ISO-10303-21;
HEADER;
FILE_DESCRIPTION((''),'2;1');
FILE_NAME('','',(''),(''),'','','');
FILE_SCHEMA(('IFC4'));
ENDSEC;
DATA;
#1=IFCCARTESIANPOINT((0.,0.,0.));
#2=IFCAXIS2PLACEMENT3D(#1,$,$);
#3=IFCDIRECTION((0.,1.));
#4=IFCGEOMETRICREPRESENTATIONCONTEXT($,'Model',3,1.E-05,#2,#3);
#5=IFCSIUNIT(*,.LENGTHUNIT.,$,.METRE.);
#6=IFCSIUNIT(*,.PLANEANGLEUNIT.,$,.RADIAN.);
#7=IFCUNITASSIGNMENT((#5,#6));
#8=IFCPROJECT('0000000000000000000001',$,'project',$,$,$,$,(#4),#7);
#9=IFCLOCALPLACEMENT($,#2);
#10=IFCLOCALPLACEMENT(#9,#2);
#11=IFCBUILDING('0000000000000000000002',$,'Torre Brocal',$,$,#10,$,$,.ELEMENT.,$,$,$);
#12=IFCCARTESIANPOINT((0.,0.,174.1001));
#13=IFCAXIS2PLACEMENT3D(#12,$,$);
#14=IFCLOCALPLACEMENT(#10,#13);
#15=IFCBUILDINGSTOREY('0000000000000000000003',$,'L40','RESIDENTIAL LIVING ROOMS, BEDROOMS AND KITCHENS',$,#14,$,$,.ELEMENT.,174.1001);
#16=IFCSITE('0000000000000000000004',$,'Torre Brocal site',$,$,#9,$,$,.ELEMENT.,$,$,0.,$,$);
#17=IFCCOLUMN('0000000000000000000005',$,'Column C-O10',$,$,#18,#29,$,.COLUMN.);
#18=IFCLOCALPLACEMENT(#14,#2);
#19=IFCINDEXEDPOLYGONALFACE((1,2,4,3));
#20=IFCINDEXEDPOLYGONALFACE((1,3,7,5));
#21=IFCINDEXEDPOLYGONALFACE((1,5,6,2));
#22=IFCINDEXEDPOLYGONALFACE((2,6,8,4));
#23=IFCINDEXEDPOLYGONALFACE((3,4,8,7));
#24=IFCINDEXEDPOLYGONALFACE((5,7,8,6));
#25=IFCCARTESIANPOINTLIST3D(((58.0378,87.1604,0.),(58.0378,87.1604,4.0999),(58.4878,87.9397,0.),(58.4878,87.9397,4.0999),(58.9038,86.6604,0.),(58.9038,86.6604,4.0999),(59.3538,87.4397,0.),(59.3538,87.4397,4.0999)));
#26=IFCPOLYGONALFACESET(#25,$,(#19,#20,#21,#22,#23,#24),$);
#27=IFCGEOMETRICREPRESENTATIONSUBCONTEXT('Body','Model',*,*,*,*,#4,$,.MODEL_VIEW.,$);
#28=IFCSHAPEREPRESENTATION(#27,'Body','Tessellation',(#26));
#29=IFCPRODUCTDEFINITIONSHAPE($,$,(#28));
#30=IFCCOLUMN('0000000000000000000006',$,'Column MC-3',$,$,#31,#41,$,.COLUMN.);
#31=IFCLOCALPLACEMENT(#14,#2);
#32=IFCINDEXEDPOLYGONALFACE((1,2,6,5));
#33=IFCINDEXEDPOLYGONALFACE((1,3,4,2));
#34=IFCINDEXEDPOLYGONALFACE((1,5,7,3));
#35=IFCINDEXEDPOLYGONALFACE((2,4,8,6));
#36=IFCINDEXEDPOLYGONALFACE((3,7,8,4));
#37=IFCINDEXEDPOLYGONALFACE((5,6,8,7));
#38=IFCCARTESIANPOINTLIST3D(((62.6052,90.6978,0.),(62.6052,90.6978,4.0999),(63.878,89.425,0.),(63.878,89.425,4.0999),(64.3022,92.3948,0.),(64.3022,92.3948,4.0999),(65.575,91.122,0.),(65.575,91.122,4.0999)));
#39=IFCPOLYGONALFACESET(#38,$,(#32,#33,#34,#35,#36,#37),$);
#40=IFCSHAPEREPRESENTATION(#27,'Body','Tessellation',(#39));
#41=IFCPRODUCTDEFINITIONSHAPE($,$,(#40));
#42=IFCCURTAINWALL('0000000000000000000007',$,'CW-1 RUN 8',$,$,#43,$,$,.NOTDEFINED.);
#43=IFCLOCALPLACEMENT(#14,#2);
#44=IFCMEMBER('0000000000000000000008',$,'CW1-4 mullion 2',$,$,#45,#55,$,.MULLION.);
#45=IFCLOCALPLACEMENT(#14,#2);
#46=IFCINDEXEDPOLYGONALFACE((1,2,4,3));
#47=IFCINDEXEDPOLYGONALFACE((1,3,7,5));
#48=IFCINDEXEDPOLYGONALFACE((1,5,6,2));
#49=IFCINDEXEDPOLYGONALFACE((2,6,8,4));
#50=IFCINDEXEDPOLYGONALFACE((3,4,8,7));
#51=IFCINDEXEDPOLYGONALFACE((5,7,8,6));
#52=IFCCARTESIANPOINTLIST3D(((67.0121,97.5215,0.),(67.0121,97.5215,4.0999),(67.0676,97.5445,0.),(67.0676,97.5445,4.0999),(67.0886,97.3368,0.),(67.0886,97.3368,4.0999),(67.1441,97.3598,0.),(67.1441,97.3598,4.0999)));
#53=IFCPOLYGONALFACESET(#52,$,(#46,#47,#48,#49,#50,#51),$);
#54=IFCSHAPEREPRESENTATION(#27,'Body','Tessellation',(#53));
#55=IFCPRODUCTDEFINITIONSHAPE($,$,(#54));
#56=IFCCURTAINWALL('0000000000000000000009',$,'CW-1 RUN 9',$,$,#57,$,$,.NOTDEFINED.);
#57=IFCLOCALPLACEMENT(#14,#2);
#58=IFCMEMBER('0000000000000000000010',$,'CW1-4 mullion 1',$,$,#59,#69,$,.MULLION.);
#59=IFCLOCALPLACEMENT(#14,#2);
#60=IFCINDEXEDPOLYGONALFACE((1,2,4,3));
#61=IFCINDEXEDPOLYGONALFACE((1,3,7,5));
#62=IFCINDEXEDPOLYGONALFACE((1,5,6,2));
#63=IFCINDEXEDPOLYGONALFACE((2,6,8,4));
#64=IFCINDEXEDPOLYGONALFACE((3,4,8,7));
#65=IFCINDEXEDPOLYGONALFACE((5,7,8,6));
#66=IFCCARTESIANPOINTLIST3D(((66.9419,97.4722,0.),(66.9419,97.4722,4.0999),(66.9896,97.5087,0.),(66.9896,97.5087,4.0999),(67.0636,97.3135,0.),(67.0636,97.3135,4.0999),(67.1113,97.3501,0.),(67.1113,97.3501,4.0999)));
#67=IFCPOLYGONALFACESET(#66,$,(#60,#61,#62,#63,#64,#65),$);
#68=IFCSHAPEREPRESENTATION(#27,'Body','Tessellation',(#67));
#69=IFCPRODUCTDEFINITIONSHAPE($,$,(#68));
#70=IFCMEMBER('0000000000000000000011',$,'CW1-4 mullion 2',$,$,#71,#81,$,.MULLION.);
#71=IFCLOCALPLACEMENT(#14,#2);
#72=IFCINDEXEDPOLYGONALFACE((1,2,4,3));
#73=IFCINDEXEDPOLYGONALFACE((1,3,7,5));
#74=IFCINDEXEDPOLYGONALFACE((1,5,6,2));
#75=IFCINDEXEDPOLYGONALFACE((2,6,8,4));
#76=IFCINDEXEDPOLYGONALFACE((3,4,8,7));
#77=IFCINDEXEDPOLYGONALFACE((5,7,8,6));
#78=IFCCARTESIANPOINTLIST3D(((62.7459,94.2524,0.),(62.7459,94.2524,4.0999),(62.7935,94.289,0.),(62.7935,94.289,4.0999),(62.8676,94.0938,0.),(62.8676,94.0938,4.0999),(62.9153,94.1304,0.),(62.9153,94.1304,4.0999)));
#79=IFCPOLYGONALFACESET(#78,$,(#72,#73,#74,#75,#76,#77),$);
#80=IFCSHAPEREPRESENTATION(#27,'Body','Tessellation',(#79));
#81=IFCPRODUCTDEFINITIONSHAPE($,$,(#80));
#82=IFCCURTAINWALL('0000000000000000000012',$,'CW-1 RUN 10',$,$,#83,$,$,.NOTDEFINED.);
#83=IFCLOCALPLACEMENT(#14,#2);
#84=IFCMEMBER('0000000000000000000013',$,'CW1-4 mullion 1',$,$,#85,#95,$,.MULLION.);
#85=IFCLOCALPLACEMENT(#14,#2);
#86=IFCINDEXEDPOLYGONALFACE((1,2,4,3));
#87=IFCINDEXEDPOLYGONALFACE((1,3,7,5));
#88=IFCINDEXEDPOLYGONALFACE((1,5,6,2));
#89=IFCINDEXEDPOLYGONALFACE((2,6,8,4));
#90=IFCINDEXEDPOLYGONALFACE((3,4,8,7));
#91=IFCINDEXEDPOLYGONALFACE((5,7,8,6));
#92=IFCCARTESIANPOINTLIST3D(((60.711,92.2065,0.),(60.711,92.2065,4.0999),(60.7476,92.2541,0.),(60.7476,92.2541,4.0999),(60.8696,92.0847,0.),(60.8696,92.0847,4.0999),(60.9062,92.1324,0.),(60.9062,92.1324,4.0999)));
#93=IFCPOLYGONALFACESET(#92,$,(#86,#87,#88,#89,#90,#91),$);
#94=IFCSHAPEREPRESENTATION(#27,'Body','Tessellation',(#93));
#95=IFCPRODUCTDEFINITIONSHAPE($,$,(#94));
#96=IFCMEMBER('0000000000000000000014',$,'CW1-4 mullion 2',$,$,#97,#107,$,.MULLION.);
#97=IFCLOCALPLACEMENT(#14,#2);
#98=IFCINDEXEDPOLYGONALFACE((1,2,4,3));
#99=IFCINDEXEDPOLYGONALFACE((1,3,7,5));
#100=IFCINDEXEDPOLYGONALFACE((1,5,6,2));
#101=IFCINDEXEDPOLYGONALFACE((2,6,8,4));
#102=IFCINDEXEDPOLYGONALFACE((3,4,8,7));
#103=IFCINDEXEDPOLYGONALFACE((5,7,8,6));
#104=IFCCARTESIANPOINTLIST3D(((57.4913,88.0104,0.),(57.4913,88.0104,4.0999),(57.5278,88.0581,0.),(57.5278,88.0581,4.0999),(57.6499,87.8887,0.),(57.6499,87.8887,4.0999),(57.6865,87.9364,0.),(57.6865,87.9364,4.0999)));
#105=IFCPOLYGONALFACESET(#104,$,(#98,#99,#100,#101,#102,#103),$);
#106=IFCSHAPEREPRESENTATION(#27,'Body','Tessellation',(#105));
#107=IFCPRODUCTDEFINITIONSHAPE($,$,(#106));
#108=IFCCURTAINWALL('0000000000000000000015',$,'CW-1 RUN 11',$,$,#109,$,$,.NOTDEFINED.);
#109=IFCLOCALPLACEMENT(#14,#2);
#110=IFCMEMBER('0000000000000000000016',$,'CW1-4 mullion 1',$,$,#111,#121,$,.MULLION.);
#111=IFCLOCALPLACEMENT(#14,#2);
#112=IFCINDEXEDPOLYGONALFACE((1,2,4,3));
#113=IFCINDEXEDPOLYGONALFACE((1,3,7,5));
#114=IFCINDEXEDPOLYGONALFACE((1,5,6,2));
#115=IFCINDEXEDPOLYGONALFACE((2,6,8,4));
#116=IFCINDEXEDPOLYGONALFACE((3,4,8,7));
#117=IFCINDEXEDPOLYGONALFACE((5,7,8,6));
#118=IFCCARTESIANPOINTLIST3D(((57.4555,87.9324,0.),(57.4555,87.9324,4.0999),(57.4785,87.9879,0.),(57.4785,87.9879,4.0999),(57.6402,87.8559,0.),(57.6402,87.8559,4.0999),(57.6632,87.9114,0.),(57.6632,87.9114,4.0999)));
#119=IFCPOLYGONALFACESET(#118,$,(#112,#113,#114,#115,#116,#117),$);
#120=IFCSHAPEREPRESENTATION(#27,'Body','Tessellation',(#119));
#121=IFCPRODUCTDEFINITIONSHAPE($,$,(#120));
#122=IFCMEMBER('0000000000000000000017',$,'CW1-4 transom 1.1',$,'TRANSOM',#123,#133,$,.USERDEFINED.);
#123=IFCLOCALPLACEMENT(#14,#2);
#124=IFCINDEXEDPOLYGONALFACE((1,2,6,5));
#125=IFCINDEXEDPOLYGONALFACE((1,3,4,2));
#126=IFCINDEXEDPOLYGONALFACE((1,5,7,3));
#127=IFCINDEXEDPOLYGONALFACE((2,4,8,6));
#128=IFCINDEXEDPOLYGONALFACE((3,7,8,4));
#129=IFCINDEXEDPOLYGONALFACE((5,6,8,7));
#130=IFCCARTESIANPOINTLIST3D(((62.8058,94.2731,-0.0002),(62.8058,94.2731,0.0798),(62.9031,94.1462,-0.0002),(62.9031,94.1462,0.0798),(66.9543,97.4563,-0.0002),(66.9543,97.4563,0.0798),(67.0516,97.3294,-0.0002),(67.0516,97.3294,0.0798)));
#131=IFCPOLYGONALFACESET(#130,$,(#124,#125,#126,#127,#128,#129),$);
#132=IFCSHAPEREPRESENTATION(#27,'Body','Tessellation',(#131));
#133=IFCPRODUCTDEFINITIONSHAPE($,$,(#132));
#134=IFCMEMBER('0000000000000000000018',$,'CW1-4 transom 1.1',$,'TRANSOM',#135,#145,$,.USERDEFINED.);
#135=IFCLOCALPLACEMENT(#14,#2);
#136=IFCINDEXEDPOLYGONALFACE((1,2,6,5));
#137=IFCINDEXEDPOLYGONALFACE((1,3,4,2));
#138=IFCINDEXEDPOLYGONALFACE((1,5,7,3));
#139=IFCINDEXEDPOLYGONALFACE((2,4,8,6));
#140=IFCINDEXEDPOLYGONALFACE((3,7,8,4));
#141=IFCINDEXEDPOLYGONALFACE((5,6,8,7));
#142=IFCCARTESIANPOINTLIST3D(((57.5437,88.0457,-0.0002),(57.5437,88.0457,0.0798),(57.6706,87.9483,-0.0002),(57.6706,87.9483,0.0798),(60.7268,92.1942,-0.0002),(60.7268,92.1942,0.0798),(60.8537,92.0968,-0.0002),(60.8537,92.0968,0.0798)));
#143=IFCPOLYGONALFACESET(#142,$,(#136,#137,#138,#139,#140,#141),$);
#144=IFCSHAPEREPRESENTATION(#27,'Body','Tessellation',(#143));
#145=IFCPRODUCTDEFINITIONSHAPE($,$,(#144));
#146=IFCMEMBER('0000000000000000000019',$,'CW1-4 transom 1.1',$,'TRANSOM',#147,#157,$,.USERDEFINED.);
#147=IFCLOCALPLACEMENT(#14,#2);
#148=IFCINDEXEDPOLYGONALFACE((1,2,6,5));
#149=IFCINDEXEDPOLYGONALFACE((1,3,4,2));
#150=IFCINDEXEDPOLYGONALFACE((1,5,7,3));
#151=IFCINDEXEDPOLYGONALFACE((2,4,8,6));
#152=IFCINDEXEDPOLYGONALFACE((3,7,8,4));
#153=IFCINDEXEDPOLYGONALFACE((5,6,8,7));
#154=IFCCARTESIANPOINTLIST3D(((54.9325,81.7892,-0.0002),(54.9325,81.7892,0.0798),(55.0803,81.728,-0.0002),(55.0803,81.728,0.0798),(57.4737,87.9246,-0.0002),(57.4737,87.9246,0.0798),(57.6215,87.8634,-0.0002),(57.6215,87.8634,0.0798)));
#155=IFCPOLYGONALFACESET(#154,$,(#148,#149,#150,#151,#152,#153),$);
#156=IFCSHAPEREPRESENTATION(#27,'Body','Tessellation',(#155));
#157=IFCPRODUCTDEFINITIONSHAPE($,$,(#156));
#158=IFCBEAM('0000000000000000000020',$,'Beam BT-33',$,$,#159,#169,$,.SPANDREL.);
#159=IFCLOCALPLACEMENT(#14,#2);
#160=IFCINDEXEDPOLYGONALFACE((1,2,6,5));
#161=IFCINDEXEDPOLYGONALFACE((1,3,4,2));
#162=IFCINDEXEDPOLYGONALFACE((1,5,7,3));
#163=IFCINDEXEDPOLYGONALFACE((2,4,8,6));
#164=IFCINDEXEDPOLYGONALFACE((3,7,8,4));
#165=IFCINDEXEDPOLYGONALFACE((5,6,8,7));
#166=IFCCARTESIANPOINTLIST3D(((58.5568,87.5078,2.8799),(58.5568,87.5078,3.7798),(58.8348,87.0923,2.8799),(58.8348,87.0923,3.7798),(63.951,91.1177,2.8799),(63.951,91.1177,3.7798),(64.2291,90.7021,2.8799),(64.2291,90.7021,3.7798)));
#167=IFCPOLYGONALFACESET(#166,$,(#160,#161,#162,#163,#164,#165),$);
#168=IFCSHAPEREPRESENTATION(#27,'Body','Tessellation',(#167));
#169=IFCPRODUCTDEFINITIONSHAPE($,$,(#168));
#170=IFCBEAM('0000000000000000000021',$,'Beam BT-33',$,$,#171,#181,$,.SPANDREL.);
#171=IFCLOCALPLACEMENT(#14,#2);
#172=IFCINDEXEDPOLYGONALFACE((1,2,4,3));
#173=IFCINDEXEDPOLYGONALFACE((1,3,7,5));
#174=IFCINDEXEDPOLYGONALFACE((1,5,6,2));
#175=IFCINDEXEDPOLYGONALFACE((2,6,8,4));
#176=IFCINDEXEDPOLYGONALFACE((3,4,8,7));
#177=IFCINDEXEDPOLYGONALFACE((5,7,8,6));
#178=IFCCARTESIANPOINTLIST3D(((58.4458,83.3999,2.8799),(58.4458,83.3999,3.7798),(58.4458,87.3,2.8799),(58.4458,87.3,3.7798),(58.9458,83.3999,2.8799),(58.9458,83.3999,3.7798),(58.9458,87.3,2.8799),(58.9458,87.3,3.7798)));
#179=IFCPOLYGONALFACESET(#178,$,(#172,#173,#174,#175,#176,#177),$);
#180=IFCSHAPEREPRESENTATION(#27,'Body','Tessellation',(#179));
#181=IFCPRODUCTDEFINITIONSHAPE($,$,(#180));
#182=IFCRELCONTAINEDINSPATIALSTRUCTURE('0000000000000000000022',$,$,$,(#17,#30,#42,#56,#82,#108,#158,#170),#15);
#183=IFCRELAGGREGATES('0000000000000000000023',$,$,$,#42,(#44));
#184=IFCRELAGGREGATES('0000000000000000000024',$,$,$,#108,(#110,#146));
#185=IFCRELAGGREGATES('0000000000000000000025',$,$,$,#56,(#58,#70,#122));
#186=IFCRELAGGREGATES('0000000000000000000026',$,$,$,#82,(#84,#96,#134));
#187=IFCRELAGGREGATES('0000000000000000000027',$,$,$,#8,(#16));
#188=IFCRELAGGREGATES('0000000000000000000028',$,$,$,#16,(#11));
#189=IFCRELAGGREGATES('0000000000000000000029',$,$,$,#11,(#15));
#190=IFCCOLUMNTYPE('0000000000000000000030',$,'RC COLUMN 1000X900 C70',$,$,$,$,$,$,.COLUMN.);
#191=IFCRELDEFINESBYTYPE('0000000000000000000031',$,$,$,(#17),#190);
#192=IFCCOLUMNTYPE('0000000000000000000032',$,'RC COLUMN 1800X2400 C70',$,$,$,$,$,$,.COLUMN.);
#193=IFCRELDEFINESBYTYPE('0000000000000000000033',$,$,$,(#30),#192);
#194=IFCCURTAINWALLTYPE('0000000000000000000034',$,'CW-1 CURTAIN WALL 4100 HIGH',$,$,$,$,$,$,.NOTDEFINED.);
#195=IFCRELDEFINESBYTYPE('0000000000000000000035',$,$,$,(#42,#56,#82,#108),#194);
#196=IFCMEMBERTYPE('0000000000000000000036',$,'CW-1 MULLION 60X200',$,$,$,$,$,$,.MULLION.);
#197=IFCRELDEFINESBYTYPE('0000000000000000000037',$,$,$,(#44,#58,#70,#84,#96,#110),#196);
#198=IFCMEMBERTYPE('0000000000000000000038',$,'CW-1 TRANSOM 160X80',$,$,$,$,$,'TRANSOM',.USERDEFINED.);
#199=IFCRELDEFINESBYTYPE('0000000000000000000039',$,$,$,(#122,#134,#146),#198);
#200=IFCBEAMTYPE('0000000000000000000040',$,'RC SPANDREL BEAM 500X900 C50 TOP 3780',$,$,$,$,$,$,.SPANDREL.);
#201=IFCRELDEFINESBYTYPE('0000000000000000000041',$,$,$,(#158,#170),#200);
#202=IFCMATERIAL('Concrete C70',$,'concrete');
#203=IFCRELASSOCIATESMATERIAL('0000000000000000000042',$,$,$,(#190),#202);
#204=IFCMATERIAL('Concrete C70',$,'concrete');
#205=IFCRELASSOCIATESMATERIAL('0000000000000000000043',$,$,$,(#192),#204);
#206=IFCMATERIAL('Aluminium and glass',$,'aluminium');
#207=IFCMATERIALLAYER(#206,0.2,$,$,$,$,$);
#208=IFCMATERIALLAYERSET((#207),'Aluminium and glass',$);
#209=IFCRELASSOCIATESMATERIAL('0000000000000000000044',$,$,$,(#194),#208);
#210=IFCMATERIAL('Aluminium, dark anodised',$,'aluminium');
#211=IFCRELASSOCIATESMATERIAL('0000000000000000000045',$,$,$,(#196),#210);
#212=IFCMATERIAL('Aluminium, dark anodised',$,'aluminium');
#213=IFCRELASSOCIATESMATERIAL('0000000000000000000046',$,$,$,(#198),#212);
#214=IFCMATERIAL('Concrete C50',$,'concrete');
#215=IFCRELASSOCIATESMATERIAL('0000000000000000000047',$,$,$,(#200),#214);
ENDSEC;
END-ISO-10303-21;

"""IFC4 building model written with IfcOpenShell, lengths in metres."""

from ifc_helpers import new_model, si_unit, direction, frame, origin, origin_2d, place, context, subcontext, project, spatial, rectangle, extrude, material, layer, layer_set, material_profile, profile_set, type_object, element, aggregate, save


model = new_model("IFC4")

# Units and contexts
model_context = context("Model", 3, precision=1e-05, world=origin(), true_north=direction((0.0, 1.0)))
body_context = subcontext(model_context, "Body", "Model", "MODEL_VIEW")
ifc_project = project(units=[si_unit("LENGTHUNIT", "METRE"), si_unit("PLANEANGLEUNIT", "RADIAN")], contexts=[model_context])

# Site, building, storey
site_placement = place(None, origin())
site = spatial("IfcSite", under=ifc_project, at=site_placement, Name="Torre Brocal site", CompositionType="ELEMENT", RefElevation=0.0)
building_placement = place(site_placement, origin())
building = spatial("IfcBuilding", under=site, at=building_placement, Name="Torre Brocal", CompositionType="ELEMENT")
storey_placement = place(building_placement, frame((0.0, 0.0, 174.1001)))
storey = spatial("IfcBuildingStorey", under=building, at=storey_placement, Name="L40", Description="RESIDENTIAL LIVING ROOMS, BEDROOMS AND KITCHENS", CompositionType="ELEMENT", Elevation=174.1001)

# Columns
ifc_material_1 = material(Name="Concrete C70", Category="concrete")
ifc_material_profile_1 = material_profile(ifc_material_1, rectangle(XDim=1.0, YDim=0.8999, at=origin_2d()), Name="RC 1000X900")
ifc_profile_set_1 = profile_set([ifc_material_profile_1], Name="Concrete C70")
column_type_1 = type_object("IfcColumnType", Name="RC COLUMN 1000X900 C70", PredefinedType="COLUMN", material=ifc_profile_set_1)
column_1_placement = place(storey_placement, frame((58.6958, 87.3, 0.0), z_axis=(0.0, 0.0, 1.0), x_axis=(-0.866025, 0.5, 0.0)))
element("IfcColumn", 1, at=column_1_placement, inside=storey, type_object=column_type_1, Name="Column C-O10", PredefinedType="COLUMN", context=body_context, shape_type="SweptSolid", body=[
    extrude(rectangle(XDim=1.0, YDim=0.8999, at=origin_2d()), origin(), (0.0, 0.0, 1.0), 4.0999),
])
ifc_material_2 = material(Name="Concrete C70", Category="concrete")
ifc_material_profile_2 = material_profile(ifc_material_2, rectangle(XDim=1.8, YDim=2.3999, at=origin_2d()), Name="RC 1800X2400")
ifc_profile_set_2 = profile_set([ifc_material_profile_2], Name="Concrete C70")
column_type_2 = type_object("IfcColumnType", Name="RC COLUMN 1800X2400 C70", PredefinedType="COLUMN", material=ifc_profile_set_2)
column_2_placement = place(storey_placement, frame((64.0901, 90.9099, 0.0), z_axis=(0.0, 0.0, 1.0), x_axis=(-0.707107, 0.707107, 0.0)))
element("IfcColumn", 2, at=column_2_placement, inside=storey, type_object=column_type_2, Name="Column MC-3", PredefinedType="COLUMN", context=body_context, shape_type="SweptSolid", body=[
    extrude(rectangle(XDim=1.8, YDim=2.3999, at=origin_2d()), origin(), (0.0, 0.0, 1.0), 4.0999),
])

# Curtain wall, member
ifc_material_3 = material(Name="Aluminium and glass", Category="aluminium")
ifc_layer_1 = layer(ifc_material_3, 0.2)
ifc_layer_set_1 = layer_set([ifc_layer_1], Name="Aluminium and glass")
curtain_wall_type = type_object("IfcCurtainWallType", Name="CW-1 CURTAIN WALL 4100 HIGH", PredefinedType="NOTDEFINED", material=ifc_layer_set_1)
curtain_wall_1_placement = place(storey_placement, origin())
curtain_wall_1 = element("IfcCurtainWall", 3, at=curtain_wall_1_placement, inside=storey, type_object=curtain_wall_type, Name="CW-1 RUN 8", PredefinedType="NOTDEFINED")
ifc_material_4 = material(Name="Aluminium, dark anodised", Category="aluminium")
ifc_material_profile_3 = material_profile(ifc_material_4, rectangle(XDim=0.2, YDim=0.0601, at=origin_2d()), Name="CW-1 MULLION 60X200")
ifc_profile_set_3 = profile_set([ifc_material_profile_3], Name="Aluminium, dark anodised")
member_type_1 = type_object("IfcMemberType", Name="CW-1 MULLION 60X200", PredefinedType="MULLION", material=ifc_profile_set_3)
member_1_placement = place(storey_placement, frame((67.0781, 97.4407, 0.0), z_axis=(0.0, 0.0, 1.0), x_axis=(0.382683, -0.92388, 0.0)))
member_1 = element("IfcMember", 4, at=member_1_placement, type_object=member_type_1, Name="CW1-4 mullion 2", PredefinedType="MULLION", context=body_context, shape_type="SweptSolid", body=[
    extrude(rectangle(XDim=0.2, YDim=0.0601, at=origin_2d()), origin(), (0.0, 0.0, 1.0), 4.0999),
])
aggregate(curtain_wall_1, [member_1])

# Curtain walls, members
curtain_wall_2_placement = place(storey_placement, origin())
curtain_wall_2 = element("IfcCurtainWall", 5, at=curtain_wall_2_placement, inside=storey, type_object=curtain_wall_type, Name="CW-1 RUN 9", PredefinedType="NOTDEFINED")
member_2_placement = place(storey_placement, frame((67.0266, 97.4111, 0.0), z_axis=(0.0, 0.0, 1.0), x_axis=(0.608761, -0.793353, 0.0)))
member_2 = element("IfcMember", 6, at=member_2_placement, type_object=member_type_1, Name="CW1-4 mullion 1", PredefinedType="MULLION", context=body_context, shape_type="SweptSolid", body=[
    extrude(rectangle(XDim=0.2, YDim=0.0601, at=origin_2d()), origin(), (0.0, 0.0, 1.0), 4.0999),
])
member_3_placement = place(storey_placement, frame((62.8306, 94.1914, 0.0), z_axis=(0.0, 0.0, 1.0), x_axis=(0.608761, -0.793353, 0.0)))
member_3 = element("IfcMember", 7, at=member_3_placement, type_object=member_type_1, Name="CW1-4 mullion 2", PredefinedType="MULLION", context=body_context, shape_type="SweptSolid", body=[
    extrude(rectangle(XDim=0.2, YDim=0.0601, at=origin_2d()), origin(), (0.0, 0.0, 1.0), 4.0999),
])
curtain_wall_3_placement = place(storey_placement, origin())
curtain_wall_3 = element("IfcCurtainWall", 8, at=curtain_wall_3_placement, inside=storey, type_object=curtain_wall_type, Name="CW-1 RUN 10", PredefinedType="NOTDEFINED")
member_4_placement = place(storey_placement, frame((60.8086, 92.1694, 0.0), z_axis=(0.0, 0.0, 1.0), x_axis=(0.793353, -0.608761, 0.0)))
member_4 = element("IfcMember", 9, at=member_4_placement, type_object=member_type_1, Name="CW1-4 mullion 1", PredefinedType="MULLION", context=body_context, shape_type="SweptSolid", body=[
    extrude(rectangle(XDim=0.2, YDim=0.0601, at=origin_2d()), origin(), (0.0, 0.0, 1.0), 4.0999),
])
member_5_placement = place(storey_placement, frame((57.5889, 87.9734, 0.0), z_axis=(0.0, 0.0, 1.0), x_axis=(0.793353, -0.608761, 0.0)))
member_5 = element("IfcMember", 10, at=member_5_placement, type_object=member_type_1, Name="CW1-4 mullion 2", PredefinedType="MULLION", context=body_context, shape_type="SweptSolid", body=[
    extrude(rectangle(XDim=0.2, YDim=0.0601, at=origin_2d()), origin(), (0.0, 0.0, 1.0), 4.0999),
])

# Curtain wall, member
curtain_wall_4_placement = place(storey_placement, origin())
curtain_wall_4 = element("IfcCurtainWall", 11, at=curtain_wall_4_placement, inside=storey, type_object=curtain_wall_type, Name="CW-1 RUN 11", PredefinedType="NOTDEFINED")
member_6_placement = place(storey_placement, frame((57.5593, 87.9219, 0.0), z_axis=(0.0, 0.0, 1.0), x_axis=(0.92388, -0.382683, 0.0)))
member_6 = element("IfcMember", 12, at=member_6_placement, type_object=member_type_1, Name="CW1-4 mullion 1", PredefinedType="MULLION", context=body_context, shape_type="SweptSolid", body=[
    extrude(rectangle(XDim=0.2, YDim=0.0601, at=origin_2d()), origin(), (0.0, 0.0, 1.0), 4.0999),
])

# Members
ifc_material_5 = material(Name="Aluminium, dark anodised", Category="aluminium")
ifc_material_profile_4 = material_profile(ifc_material_5, rectangle(XDim=0.1599, YDim=0.0801, at=origin_2d()), Name="CW-1 TRANSOM 160X80")
ifc_profile_set_4 = profile_set([ifc_material_profile_4], Name="Aluminium, dark anodised")
member_type_2 = type_object("IfcMemberType", Name="CW-1 TRANSOM 160X80", ElementType="TRANSOM", PredefinedType="USERDEFINED", material=ifc_profile_set_4)
member_7_placement = place(storey_placement, frame((67.0029, 97.3928, 0.0398), z_axis=(-0.793363, -0.608749, 0.0), x_axis=(0.608749, -0.793363, 0.0)))
member_7 = element("IfcMember", 13, at=member_7_placement, type_object=member_type_2, Name="CW1-4 transom 1.1", ObjectType="TRANSOM", PredefinedType="USERDEFINED", context=body_context, shape_type="SweptSolid", body=[
    extrude(rectangle(XDim=0.1599, YDim=0.0801, at=origin_2d()), origin(), (0.0, 0.0, 1.0), 5.229),
])
member_8_placement = place(storey_placement, frame((60.7903, 92.1455, 0.0398), z_axis=(-0.608749, -0.793363, 0.0), x_axis=(0.793363, -0.608749, 0.0)))
member_8 = element("IfcMember", 14, at=member_8_placement, type_object=member_type_2, Name="CW1-4 transom 1.1", ObjectType="TRANSOM", PredefinedType="USERDEFINED", context=body_context, shape_type="SweptSolid", body=[
    extrude(rectangle(XDim=0.1599, YDim=0.0801, at=origin_2d()), origin(), (0.0, 0.0, 1.0), 5.229),
])
member_9_placement = place(storey_placement, frame((57.5476, 87.894, 0.0398), z_axis=(-0.382665, -0.923887, 0.0), x_axis=(0.923887, -0.382665, 0.0)))
member_9 = element("IfcMember", 15, at=member_9_placement, type_object=member_type_2, Name="CW1-4 transom 1.1", ObjectType="TRANSOM", PredefinedType="USERDEFINED", context=body_context, shape_type="SweptSolid", body=[
    extrude(rectangle(XDim=0.1599, YDim=0.0801, at=origin_2d()), origin(), (0.0, 0.0, 1.0), 6.6409),
])
aggregate(curtain_wall_4, [member_6, member_9])

# Beams
ifc_material_6 = material(Name="Concrete C50", Category="concrete")
ifc_material_profile_5 = material_profile(ifc_material_6, rectangle(XDim=0.5, YDim=0.8999, at=origin_2d()), Name="RC 500X900")
ifc_profile_set_5 = profile_set([ifc_material_profile_5], Name="Concrete C50")
beam_type = type_object("IfcBeamType", Name="RC SPANDREL BEAM 500X900 C50 TOP 3780", PredefinedType="SPANDREL", material=ifc_profile_set_5)
beam_1_placement = place(storey_placement, frame((64.0901, 90.9099, 3.3298), z_axis=(-0.831077, -0.556158, 0.0), x_axis=(0.556158, -0.831077, 0.0)))
element("IfcBeam", 16, at=beam_1_placement, inside=storey, type_object=beam_type, Name="Beam BT-33", PredefinedType="SPANDREL", context=body_context, shape_type="SweptSolid", body=[
    extrude(rectangle(XDim=0.5, YDim=0.8999, at=origin_2d()), origin(), (0.0, 0.0, 1.0), 6.4907),
])
beam_2_placement = place(storey_placement, frame((58.6958, 87.3, 3.3298), z_axis=(0.0, -1.0, 0.0), x_axis=(1.0, 0.0, 0.0)))
element("IfcBeam", 17, at=beam_2_placement, inside=storey, type_object=beam_type, Name="Beam BT-33", PredefinedType="SPANDREL", context=body_context, shape_type="SweptSolid", body=[
    extrude(rectangle(XDim=0.5, YDim=0.8999, at=origin_2d()), origin(), (0.0, 0.0, 1.0), 3.9001),
])

aggregate(curtain_wall_2, [member_2, member_3, member_7])
aggregate(curtain_wall_3, [member_4, member_5, member_8])

save(model, "model.ifc")
